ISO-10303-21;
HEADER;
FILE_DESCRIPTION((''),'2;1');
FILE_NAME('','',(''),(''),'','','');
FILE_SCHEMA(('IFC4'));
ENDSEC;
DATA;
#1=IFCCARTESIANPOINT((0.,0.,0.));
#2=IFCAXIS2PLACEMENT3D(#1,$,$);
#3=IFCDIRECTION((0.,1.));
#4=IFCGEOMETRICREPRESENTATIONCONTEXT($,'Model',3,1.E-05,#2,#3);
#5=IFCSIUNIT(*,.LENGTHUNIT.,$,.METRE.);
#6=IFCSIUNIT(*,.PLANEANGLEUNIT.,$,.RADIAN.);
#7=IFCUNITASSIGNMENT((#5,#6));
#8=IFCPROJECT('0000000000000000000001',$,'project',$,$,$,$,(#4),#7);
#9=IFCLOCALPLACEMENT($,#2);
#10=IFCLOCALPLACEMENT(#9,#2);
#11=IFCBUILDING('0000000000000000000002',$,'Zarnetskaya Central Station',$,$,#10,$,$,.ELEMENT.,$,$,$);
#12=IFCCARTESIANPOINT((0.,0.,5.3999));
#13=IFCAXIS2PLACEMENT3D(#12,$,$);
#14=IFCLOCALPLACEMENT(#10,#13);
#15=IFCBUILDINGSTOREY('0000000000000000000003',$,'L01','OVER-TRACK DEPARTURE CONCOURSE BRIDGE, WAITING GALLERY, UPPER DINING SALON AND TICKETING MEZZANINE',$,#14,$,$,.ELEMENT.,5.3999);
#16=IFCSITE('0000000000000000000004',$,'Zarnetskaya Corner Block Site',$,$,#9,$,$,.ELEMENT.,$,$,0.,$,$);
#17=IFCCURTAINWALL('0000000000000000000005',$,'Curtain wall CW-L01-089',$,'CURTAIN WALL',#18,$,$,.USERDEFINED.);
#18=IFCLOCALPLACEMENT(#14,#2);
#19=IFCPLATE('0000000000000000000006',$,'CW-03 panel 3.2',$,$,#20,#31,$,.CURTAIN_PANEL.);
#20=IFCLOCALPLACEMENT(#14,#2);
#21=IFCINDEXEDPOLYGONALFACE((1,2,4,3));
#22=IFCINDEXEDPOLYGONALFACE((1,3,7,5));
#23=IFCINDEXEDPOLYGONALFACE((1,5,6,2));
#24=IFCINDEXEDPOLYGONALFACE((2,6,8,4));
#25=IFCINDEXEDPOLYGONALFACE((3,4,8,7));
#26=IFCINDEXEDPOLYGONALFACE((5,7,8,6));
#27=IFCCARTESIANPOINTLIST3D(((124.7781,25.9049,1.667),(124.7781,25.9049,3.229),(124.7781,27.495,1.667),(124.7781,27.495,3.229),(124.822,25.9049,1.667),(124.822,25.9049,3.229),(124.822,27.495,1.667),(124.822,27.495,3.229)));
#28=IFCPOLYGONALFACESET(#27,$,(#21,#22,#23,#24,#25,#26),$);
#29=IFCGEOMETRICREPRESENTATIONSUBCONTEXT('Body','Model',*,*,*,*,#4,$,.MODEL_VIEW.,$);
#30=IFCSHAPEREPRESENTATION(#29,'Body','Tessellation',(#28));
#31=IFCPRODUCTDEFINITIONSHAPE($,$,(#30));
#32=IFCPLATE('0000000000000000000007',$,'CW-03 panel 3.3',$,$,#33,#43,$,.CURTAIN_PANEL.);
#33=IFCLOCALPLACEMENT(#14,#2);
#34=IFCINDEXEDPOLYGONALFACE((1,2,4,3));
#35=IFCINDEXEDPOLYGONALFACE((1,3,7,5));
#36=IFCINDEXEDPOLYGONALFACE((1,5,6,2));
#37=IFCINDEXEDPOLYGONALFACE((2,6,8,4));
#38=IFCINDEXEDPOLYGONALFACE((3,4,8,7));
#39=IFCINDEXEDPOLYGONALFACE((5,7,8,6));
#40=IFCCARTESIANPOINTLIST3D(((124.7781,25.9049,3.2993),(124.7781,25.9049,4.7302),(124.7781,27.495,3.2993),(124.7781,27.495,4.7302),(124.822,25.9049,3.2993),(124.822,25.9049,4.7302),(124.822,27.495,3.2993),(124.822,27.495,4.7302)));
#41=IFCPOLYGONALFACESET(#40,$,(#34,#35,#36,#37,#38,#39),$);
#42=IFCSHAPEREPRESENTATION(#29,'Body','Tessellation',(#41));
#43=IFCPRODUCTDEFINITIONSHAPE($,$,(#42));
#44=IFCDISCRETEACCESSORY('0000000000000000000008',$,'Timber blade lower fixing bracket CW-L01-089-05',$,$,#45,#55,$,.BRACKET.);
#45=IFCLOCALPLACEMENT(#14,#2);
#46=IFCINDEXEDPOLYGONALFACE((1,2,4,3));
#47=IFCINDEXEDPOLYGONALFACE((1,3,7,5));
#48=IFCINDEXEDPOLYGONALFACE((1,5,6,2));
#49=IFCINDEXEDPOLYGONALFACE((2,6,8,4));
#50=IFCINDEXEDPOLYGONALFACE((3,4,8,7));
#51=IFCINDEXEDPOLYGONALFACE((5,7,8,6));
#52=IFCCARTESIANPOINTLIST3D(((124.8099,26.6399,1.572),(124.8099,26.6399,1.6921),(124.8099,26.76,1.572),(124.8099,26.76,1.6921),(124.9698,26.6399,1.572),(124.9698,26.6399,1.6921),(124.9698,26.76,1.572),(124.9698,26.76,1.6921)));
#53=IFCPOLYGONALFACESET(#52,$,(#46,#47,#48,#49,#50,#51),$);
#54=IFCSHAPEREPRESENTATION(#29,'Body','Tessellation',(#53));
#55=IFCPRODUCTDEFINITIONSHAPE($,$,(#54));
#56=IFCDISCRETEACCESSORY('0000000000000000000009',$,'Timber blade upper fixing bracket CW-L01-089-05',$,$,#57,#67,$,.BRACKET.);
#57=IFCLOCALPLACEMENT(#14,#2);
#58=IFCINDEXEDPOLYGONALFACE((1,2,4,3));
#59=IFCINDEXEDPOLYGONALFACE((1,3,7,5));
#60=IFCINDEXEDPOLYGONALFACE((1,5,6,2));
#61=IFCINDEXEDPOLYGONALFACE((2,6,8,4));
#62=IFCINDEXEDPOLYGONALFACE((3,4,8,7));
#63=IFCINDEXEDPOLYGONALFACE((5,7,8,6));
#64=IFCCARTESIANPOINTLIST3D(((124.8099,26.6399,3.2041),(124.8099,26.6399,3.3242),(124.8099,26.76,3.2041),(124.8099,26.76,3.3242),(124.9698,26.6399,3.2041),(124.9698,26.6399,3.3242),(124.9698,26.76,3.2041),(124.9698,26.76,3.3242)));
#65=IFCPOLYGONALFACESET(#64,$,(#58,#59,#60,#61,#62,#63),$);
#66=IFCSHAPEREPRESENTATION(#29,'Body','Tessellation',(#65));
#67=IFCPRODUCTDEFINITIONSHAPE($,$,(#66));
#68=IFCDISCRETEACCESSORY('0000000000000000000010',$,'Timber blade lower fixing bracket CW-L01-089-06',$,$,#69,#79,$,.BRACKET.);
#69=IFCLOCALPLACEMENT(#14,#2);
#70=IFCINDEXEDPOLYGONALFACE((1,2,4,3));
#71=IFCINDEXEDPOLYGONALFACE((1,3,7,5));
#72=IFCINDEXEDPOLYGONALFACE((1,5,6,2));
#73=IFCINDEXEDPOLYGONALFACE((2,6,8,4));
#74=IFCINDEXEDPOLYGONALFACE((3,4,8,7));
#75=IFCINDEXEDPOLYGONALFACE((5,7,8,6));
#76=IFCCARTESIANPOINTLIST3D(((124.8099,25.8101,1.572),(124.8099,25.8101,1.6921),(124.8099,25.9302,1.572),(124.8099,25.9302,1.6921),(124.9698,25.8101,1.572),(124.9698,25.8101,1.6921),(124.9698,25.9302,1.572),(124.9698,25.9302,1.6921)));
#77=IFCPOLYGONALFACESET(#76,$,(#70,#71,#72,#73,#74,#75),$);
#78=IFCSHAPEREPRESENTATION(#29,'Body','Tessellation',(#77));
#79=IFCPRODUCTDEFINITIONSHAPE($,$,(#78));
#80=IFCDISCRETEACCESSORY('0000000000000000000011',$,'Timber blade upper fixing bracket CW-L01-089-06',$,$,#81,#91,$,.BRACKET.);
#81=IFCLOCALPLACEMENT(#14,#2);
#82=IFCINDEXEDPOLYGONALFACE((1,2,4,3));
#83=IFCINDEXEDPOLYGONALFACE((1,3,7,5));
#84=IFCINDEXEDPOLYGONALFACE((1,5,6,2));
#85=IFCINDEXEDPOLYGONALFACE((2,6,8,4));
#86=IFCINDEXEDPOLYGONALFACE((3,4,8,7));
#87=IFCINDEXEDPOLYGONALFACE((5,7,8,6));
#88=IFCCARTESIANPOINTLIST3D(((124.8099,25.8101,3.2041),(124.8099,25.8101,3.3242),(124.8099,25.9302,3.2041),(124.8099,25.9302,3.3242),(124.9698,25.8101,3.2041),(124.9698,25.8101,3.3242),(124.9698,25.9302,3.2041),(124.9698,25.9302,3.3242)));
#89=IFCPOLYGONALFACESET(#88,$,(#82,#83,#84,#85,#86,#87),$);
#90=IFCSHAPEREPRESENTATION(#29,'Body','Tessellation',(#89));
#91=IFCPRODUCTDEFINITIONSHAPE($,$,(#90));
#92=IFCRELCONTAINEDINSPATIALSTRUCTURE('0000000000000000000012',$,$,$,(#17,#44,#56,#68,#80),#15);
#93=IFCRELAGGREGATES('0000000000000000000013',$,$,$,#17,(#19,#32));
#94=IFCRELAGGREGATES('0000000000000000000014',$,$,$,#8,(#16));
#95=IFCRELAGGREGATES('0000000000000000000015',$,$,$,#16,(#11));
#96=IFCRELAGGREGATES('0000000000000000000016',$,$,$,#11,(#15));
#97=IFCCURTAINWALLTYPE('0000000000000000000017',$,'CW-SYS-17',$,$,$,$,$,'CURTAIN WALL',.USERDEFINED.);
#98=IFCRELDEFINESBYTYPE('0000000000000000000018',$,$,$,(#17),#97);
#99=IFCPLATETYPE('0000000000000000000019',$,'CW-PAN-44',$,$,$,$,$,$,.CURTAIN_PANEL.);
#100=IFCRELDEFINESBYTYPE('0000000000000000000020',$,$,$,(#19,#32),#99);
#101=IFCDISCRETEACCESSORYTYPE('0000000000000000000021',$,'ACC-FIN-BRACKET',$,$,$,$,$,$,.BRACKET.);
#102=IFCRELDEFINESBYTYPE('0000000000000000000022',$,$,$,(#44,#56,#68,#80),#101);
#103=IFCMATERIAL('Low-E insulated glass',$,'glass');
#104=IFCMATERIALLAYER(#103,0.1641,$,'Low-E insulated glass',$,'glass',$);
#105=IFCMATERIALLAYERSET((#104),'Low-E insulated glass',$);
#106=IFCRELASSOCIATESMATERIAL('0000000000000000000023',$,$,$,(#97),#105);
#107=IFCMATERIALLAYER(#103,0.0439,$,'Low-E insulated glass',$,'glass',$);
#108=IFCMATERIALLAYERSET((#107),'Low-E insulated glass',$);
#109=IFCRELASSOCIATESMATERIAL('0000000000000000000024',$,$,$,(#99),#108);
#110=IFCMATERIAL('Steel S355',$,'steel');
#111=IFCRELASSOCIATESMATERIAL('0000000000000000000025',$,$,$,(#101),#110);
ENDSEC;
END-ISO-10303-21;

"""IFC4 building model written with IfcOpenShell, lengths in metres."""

from ifc_helpers import new_model, si_unit, direction, frame, origin, origin_2d, place, context, subcontext, project, spatial, rectangle, extrude, material, layer, layer_set, type_object, element, aggregate, save


model = new_model("IFC4")

# Units and contexts
model_context = context("Model", 3, precision=1e-05, world=origin(), true_north=direction((0.0, 1.0)))
body_context = subcontext(model_context, "Body", "Model", "MODEL_VIEW")
ifc_project = project(units=[si_unit("LENGTHUNIT", "METRE"), si_unit("PLANEANGLEUNIT", "RADIAN")], contexts=[model_context])

# Site, building, storey
site_placement = place(None, origin())
site = spatial("IfcSite", under=ifc_project, at=site_placement, Name="Zarnetskaya Corner Block Site", CompositionType="ELEMENT", RefElevation=0.0)
building_placement = place(site_placement, origin())
building = spatial("IfcBuilding", under=site, at=building_placement, Name="Zarnetskaya Central Station", CompositionType="ELEMENT")
storey_placement = place(building_placement, frame((0.0, 0.0, 5.3999)))
storey = spatial("IfcBuildingStorey", under=building, at=storey_placement, Name="L01", Description="OVER-TRACK DEPARTURE CONCOURSE BRIDGE, WAITING GALLERY, UPPER DINING SALON AND TICKETING MEZZANINE", CompositionType="ELEMENT", Elevation=5.3999)

# Shared definitions
ifc_material_1 = material(Name="Steel S355", Category="steel")

# Curtain wall
ifc_material_2 = material(Name="Low-E insulated glass", Category="glass")
ifc_layer_1 = layer(ifc_material_2, 0.1641, Name="Low-E insulated glass", Category="glass")
ifc_layer_set_1 = layer_set([ifc_layer_1], Name="Low-E insulated glass")
curtain_wall_type = type_object("IfcCurtainWallType", Name="CW-SYS-17", ElementType="CURTAIN WALL", PredefinedType="USERDEFINED", material=ifc_layer_set_1)
curtain_wall_placement = place(storey_placement, origin())
curtain_wall = element("IfcCurtainWall", 1, at=curtain_wall_placement, inside=storey, type_object=curtain_wall_type, Name="Curtain wall CW-L01-089", ObjectType="CURTAIN WALL", PredefinedType="USERDEFINED")

# Plates
ifc_layer_2 = layer(ifc_material_2, 0.0439, Name="Low-E insulated glass", Category="glass")
ifc_layer_set_2 = layer_set([ifc_layer_2], Name="Low-E insulated glass")
plate_type = type_object("IfcPlateType", Name="CW-PAN-44", PredefinedType="CURTAIN_PANEL", material=ifc_layer_set_2)
plate_1_placement = place(storey_placement, frame((124.8, 26.7, 1.667), z_axis=(0.0, 0.0, 1.0), x_axis=(0.0, -1.0, 0.0)))
plate_1 = element("IfcPlate", 2, at=plate_1_placement, type_object=plate_type, Name="CW-03 panel 3.2", PredefinedType="CURTAIN_PANEL", context=body_context, shape_type="SweptSolid", body=[
    extrude(rectangle(XDim=1.5901, YDim=0.0439, at=origin_2d()), origin(), (0.0, 0.0, 1.0), 1.562),
])
plate_2_placement = place(storey_placement, frame((124.8, 26.7, 3.2993), z_axis=(0.0, 0.0, 1.0), x_axis=(0.0, -1.0, 0.0)))
plate_2 = element("IfcPlate", 3, at=plate_2_placement, type_object=plate_type, Name="CW-03 panel 3.3", PredefinedType="CURTAIN_PANEL", context=body_context, shape_type="SweptSolid", body=[
    extrude(rectangle(XDim=1.5901, YDim=0.0439, at=origin_2d()), origin(), (0.0, 0.0, 1.0), 1.4309),
])
aggregate(curtain_wall, [plate_1, plate_2])

# Discrete accessories
discrete_accessory_type = type_object("IfcDiscreteAccessoryType", Name="ACC-FIN-BRACKET", PredefinedType="BRACKET", material=ifc_material_1)
for number, where, z_axis, x_axis, name in (
    (4, (124.8899, 26.7, 1.572), (0.0, 0.0, 1.0), (0.0, -1.0, 0.0), "Timber blade lower fixing bracket CW-L01-089-05"),
    (5, (124.8899, 26.7, 3.2041), (0.0, 0.0, 1.0), (0.0, -1.0, 0.0), "Timber blade upper fixing bracket CW-L01-089-05"),
    (6, (124.8899, 25.8701, 1.572), (0.0, 0.0, 1.0), (0.0, -1.0, 0.0), "Timber blade lower fixing bracket CW-L01-089-06"),
    (7, (124.8899, 25.8701, 3.2041), (0.0, 0.0, 1.0), (0.0, -1.0, 0.0), "Timber blade upper fixing bracket CW-L01-089-06"),
):
    element("IfcDiscreteAccessory", number, at=place(storey_placement, frame(where, z_axis=z_axis, x_axis=x_axis)), inside=storey, type_object=discrete_accessory_type, Name=name, PredefinedType="BRACKET", context=body_context, shape_type="SweptSolid", body=[
        extrude(rectangle(XDim=0.1201, YDim=0.1599, at=origin_2d()), origin(), (0.0, 0.0, 1.0), 0.1201),
    ])

save(model, "model.ifc")
